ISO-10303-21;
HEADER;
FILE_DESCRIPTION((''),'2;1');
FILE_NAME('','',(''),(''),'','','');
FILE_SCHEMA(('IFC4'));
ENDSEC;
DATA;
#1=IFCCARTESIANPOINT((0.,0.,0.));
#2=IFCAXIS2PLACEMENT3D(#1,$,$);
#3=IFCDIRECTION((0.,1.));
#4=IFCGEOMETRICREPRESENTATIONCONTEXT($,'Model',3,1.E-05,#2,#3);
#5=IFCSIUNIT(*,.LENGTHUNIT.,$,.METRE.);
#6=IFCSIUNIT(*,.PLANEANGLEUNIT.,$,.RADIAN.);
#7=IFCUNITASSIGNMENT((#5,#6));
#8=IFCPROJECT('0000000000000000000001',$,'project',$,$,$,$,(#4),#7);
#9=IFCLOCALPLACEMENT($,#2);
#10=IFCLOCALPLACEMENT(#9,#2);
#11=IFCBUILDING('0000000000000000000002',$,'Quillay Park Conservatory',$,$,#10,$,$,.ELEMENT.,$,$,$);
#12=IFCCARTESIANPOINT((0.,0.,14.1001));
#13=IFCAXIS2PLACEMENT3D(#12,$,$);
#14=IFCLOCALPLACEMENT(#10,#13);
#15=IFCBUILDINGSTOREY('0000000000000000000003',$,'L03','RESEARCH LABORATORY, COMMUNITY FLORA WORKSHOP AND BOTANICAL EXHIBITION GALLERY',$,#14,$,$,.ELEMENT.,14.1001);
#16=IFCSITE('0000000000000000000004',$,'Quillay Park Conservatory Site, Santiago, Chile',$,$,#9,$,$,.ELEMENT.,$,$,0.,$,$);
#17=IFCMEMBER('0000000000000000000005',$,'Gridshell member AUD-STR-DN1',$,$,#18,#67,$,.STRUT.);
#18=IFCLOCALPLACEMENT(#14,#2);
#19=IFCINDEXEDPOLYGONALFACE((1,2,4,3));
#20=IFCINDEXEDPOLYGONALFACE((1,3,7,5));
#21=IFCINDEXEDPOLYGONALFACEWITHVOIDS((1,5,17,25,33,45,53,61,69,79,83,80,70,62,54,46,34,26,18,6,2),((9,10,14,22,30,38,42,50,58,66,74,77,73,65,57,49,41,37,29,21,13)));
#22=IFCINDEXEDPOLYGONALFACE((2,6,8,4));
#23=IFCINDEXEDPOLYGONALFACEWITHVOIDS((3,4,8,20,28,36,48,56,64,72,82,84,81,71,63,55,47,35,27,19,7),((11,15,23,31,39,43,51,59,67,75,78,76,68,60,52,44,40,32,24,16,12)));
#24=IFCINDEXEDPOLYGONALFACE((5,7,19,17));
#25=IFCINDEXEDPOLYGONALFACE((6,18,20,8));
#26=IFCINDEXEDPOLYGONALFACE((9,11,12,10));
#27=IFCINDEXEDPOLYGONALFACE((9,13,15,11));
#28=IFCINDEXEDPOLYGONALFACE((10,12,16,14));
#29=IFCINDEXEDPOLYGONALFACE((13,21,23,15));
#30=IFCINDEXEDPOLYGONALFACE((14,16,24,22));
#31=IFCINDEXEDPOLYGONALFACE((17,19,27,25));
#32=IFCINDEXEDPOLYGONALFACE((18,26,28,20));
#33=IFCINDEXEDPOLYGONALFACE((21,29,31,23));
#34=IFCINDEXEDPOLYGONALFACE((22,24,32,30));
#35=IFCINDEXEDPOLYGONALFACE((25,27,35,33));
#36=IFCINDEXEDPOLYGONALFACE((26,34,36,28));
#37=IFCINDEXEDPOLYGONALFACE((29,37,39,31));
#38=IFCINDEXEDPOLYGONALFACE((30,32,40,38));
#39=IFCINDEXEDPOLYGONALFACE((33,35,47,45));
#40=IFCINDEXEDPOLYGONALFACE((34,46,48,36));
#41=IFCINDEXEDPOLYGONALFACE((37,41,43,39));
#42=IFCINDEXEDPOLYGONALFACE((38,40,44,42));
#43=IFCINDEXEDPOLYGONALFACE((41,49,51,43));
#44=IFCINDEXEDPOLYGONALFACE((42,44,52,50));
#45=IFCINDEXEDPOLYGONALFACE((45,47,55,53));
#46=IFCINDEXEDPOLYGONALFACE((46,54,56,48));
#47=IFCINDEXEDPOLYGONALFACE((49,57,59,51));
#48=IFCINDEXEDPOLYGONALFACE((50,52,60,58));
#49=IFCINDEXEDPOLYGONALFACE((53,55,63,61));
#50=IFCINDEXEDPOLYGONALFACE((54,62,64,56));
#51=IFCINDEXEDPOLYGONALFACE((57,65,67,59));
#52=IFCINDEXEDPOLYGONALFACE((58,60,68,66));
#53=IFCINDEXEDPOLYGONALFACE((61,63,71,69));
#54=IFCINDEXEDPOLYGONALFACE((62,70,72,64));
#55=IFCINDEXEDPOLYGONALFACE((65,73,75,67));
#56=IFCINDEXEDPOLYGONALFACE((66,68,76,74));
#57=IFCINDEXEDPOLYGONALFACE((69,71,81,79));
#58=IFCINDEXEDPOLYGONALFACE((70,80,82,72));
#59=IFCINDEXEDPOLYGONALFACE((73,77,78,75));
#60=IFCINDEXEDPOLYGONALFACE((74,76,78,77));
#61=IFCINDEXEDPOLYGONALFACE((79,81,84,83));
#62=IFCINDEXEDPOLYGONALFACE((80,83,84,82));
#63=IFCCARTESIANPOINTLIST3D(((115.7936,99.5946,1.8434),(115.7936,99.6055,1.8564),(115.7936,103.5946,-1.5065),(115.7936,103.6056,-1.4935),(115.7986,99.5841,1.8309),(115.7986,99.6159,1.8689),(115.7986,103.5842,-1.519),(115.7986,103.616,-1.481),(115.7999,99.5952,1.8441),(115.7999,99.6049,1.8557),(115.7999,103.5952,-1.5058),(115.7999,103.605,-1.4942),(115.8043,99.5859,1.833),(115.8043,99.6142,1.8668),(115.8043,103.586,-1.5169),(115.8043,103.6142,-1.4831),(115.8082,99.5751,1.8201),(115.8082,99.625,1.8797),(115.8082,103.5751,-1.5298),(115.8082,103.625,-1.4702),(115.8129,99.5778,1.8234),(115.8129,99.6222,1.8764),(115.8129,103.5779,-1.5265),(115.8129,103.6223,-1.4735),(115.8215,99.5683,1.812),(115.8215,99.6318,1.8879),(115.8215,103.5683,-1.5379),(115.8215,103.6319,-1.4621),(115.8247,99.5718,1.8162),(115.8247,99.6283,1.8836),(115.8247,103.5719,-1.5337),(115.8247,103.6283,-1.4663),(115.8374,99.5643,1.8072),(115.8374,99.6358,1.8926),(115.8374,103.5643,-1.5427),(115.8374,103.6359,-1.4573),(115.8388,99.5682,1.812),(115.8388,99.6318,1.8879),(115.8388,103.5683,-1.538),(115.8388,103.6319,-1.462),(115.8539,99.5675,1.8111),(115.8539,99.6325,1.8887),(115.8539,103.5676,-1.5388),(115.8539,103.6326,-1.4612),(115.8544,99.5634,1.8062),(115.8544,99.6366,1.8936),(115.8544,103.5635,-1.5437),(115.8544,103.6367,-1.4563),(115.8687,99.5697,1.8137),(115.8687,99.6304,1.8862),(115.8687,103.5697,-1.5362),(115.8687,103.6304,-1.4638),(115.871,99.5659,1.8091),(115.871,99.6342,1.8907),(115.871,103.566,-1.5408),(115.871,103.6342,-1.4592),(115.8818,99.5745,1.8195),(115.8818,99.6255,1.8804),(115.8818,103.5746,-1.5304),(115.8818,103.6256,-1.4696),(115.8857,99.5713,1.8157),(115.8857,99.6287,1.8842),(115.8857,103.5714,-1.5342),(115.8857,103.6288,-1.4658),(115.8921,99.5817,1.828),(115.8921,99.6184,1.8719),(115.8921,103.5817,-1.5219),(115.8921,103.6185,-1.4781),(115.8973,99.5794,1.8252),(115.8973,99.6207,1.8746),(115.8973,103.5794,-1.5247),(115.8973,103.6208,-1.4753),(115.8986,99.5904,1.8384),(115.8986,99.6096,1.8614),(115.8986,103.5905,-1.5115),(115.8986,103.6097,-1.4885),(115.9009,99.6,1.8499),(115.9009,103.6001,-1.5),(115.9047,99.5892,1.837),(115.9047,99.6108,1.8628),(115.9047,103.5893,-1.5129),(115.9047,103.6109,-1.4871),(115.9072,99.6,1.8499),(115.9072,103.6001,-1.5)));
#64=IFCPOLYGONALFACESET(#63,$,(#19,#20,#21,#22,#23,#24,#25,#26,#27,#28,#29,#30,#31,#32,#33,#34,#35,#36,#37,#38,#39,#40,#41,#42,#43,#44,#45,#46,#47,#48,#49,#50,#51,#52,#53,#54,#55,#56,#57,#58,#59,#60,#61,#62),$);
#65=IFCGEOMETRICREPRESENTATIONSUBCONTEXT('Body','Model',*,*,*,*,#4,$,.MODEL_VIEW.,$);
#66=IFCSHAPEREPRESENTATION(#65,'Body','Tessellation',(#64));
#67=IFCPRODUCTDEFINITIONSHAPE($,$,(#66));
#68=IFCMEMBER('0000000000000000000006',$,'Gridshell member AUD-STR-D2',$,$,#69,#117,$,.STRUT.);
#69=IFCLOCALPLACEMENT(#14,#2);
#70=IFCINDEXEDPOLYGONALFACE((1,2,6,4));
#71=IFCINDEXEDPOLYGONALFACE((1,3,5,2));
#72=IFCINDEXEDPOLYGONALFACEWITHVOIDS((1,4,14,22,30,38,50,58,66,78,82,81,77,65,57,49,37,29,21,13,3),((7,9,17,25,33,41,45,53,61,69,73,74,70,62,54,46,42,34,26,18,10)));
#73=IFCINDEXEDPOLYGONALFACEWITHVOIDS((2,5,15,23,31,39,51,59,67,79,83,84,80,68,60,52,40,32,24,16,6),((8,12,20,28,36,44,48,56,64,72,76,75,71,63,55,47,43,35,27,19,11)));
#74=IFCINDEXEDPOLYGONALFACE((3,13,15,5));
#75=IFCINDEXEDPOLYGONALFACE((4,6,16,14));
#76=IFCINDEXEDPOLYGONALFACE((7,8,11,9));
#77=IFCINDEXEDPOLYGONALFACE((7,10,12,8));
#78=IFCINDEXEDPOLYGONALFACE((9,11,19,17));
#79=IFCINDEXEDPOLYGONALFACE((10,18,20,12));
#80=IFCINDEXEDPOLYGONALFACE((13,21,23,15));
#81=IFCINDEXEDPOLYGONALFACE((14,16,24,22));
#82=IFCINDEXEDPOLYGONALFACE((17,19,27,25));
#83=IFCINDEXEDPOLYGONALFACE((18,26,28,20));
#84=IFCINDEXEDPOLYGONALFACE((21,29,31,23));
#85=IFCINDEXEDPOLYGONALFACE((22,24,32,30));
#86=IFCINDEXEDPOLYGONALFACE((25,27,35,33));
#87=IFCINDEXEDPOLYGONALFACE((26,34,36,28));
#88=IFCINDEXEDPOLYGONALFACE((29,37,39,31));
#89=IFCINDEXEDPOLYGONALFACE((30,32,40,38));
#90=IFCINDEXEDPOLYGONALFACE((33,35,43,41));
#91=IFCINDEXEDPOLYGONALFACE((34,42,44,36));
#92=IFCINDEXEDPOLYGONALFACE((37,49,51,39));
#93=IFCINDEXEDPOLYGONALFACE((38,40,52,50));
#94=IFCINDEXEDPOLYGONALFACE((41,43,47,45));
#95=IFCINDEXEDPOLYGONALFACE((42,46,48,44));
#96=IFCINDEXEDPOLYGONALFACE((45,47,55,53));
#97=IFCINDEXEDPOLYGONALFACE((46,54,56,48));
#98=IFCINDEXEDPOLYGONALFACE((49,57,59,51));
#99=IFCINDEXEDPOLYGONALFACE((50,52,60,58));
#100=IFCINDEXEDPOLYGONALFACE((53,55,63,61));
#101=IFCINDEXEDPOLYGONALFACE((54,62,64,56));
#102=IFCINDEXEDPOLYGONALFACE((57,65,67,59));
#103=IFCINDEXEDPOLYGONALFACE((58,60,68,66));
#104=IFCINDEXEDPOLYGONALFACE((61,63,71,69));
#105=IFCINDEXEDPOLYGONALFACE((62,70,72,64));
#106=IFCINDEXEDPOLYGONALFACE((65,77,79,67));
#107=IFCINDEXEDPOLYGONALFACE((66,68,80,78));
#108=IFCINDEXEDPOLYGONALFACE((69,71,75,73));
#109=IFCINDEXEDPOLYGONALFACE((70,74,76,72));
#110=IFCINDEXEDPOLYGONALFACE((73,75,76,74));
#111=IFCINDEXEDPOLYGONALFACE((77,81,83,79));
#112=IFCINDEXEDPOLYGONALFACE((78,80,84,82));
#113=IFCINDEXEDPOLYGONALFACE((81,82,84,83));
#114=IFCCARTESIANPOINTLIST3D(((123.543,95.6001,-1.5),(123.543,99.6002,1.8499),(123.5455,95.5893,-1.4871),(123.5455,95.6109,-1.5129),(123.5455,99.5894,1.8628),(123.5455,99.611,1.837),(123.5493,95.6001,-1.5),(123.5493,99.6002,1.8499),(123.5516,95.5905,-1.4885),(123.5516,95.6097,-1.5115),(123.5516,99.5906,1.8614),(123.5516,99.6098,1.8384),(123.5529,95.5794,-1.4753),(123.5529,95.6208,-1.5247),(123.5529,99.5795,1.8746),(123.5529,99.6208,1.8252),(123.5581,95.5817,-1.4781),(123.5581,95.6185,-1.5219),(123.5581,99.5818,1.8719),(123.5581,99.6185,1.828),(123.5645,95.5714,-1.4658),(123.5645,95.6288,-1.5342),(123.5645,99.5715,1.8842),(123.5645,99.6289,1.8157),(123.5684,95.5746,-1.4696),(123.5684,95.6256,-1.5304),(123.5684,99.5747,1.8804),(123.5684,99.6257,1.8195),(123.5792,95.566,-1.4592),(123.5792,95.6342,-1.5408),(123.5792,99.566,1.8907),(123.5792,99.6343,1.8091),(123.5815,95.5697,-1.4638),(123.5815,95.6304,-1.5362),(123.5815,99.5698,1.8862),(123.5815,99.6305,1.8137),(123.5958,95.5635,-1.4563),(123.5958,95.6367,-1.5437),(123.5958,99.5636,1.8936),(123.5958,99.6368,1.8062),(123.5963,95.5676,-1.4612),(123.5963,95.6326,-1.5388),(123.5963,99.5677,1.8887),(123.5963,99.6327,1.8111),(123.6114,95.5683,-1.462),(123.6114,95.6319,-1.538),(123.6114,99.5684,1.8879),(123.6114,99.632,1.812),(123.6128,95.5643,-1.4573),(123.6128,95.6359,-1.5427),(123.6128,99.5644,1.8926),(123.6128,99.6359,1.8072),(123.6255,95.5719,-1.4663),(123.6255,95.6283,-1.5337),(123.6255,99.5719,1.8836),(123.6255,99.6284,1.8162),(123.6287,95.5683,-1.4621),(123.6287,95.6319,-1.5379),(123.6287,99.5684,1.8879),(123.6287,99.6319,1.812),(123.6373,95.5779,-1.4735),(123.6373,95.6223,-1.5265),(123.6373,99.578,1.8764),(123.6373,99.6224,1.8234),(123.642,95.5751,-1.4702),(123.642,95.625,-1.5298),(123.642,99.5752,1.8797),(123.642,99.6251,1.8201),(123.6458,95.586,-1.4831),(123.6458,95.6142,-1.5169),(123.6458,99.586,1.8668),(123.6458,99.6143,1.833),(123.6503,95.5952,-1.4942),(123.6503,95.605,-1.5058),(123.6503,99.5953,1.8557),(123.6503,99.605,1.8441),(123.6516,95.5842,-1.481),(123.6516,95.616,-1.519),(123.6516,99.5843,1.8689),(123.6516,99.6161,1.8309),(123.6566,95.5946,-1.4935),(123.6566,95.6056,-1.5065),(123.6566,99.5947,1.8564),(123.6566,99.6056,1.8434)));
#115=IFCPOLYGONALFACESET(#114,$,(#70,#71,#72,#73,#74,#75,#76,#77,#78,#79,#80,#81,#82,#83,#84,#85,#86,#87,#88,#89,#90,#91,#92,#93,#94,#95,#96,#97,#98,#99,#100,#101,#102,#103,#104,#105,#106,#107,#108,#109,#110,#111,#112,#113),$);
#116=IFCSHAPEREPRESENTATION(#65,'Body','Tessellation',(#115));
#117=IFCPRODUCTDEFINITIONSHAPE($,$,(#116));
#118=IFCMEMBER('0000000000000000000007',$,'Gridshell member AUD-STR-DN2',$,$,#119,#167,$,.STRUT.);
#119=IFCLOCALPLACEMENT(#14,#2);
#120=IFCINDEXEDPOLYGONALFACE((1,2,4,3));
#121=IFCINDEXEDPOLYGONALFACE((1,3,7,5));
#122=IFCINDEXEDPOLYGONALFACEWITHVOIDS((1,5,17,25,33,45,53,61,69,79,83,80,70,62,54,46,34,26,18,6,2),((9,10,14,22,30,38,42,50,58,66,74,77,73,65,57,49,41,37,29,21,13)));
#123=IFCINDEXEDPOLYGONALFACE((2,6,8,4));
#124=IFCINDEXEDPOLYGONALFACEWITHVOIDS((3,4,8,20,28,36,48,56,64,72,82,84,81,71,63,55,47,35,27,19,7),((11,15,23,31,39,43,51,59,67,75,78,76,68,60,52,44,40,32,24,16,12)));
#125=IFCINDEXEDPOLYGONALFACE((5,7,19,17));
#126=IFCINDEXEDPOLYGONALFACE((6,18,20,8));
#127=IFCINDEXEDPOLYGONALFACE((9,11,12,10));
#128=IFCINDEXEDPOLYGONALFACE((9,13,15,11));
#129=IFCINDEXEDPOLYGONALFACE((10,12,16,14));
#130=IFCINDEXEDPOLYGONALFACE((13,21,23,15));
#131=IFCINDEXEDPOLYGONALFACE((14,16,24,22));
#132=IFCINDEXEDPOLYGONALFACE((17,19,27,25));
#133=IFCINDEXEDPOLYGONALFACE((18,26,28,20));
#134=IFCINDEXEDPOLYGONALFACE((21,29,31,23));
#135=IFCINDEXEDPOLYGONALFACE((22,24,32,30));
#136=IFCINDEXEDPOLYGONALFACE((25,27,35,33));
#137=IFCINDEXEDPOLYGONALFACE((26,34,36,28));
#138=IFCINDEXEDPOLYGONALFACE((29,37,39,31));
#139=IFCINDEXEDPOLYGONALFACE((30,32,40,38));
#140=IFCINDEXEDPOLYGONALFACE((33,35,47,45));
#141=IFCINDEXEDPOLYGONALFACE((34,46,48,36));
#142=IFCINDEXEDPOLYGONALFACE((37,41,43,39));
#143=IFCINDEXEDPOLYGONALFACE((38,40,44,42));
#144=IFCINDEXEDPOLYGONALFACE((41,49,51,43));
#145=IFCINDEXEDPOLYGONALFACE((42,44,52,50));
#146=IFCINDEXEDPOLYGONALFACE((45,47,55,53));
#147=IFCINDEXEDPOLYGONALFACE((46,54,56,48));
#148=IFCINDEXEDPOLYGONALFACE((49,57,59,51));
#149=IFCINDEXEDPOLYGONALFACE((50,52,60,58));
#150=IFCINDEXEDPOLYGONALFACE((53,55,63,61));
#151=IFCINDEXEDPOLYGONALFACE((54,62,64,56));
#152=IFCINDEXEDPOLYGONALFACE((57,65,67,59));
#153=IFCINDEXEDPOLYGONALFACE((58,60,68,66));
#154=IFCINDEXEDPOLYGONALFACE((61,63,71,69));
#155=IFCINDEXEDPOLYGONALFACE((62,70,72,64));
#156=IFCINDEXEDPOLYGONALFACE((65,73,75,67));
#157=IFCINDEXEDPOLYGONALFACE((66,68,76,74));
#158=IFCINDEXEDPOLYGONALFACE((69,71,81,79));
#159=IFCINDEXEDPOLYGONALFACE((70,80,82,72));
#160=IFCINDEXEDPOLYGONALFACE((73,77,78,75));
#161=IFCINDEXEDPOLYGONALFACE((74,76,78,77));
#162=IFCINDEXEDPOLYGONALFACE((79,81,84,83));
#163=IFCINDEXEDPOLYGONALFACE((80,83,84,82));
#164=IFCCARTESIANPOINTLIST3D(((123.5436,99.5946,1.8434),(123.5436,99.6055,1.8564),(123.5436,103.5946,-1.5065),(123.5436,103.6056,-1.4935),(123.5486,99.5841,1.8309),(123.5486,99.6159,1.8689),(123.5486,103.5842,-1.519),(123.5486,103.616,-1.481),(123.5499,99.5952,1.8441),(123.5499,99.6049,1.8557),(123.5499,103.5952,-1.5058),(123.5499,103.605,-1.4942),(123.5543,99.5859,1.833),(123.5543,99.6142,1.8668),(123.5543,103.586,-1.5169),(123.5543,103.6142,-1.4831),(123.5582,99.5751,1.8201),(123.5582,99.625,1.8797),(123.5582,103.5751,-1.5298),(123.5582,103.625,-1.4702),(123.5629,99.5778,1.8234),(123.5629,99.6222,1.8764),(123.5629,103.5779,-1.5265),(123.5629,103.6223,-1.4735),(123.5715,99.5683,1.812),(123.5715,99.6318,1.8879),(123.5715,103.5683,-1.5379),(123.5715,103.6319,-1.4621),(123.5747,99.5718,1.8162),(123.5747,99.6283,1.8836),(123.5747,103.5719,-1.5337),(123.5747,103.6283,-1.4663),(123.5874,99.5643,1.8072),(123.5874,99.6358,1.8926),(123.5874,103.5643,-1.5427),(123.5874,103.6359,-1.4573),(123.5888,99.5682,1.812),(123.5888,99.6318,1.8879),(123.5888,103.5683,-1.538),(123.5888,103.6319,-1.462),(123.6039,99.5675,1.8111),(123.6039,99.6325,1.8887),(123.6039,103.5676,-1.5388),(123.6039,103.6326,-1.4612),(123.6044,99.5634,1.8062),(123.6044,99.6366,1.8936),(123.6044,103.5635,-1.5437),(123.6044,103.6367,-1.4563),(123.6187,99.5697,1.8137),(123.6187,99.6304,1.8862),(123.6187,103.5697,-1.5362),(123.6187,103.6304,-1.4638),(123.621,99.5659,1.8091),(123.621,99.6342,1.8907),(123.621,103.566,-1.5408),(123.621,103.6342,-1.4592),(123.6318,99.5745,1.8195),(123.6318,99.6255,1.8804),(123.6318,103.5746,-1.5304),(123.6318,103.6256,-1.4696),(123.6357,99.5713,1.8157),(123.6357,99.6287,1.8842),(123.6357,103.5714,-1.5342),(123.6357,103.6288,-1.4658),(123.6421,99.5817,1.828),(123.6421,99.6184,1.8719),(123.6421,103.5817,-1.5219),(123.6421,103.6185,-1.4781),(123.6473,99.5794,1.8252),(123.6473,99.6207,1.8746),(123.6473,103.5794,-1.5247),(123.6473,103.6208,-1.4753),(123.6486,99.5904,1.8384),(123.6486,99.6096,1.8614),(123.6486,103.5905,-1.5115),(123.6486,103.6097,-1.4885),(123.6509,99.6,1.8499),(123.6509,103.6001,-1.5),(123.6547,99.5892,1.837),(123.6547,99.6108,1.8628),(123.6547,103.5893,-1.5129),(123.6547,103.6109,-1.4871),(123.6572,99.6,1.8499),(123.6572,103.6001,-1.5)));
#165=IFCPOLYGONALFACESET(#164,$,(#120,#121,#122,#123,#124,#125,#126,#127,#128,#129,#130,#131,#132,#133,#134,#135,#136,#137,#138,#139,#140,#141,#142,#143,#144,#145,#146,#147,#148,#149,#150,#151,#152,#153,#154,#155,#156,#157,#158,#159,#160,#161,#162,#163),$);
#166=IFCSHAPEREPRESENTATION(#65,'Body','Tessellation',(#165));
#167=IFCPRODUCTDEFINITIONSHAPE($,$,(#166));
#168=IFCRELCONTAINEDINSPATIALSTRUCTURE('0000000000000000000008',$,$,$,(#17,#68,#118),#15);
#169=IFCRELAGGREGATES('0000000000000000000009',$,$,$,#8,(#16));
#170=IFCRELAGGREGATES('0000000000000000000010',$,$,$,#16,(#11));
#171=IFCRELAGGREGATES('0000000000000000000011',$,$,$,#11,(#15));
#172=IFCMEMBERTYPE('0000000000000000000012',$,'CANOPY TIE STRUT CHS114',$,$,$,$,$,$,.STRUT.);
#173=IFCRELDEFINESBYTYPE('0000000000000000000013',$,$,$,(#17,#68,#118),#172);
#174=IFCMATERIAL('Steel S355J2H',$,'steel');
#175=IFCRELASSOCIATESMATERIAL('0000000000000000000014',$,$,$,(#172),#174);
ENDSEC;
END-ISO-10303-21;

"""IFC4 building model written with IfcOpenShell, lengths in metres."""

from ifc_helpers import new_model, si_unit, direction, frame, origin, origin_2d, place, context, subcontext, project, spatial, hollow_circle, extrude, material, material_profile, profile_set, type_object, element, save


model = new_model("IFC4")

# Units and contexts
model_context = context("Model", 3, precision=1e-05, world=origin(), true_north=direction((0.0, 1.0)))
body_context = subcontext(model_context, "Body", "Model", "MODEL_VIEW")
ifc_project = project(units=[si_unit("LENGTHUNIT", "METRE"), si_unit("PLANEANGLEUNIT", "RADIAN")], contexts=[model_context])

# Site, building, storey
site_placement = place(None, origin())
site = spatial("IfcSite", under=ifc_project, at=site_placement, Name="Quillay Park Conservatory Site, Santiago, Chile", CompositionType="ELEMENT", RefElevation=0.0)
building_placement = place(site_placement, origin())
building = spatial("IfcBuilding", under=site, at=building_placement, Name="Quillay Park Conservatory", CompositionType="ELEMENT")
storey_placement = place(building_placement, frame((0.0, 0.0, 14.1001)))
storey = spatial("IfcBuildingStorey", under=building, at=storey_placement, Name="L03", Description="RESEARCH LABORATORY, COMMUNITY FLORA WORKSHOP AND BOTANICAL EXHIBITION GALLERY", CompositionType="ELEMENT", Elevation=14.1001)

# Members
ifc_material_1 = material(Name="Steel S355J2H", Category="steel")
ifc_material_profile_1 = material_profile(ifc_material_1, hollow_circle(Radius=0.0571, WallThickness=0.0063, at=origin_2d()), Name="CHS114.3x6.3")
ifc_profile_set_1 = profile_set([ifc_material_profile_1], Name="Steel S355J2H")
member_type_1 = type_object("IfcMemberType", Name="CANOPY TIE STRUT CHS114", PredefinedType="STRUT", material=ifc_profile_set_1)
for number, where, z_axis, x_axis, name in (
    (1, (115.8501, 103.6001, -1.5), (0.0, -0.766662, 0.642051), (1.0, 0.0, 0.0), "Gridshell member AUD-STR-DN1"),
    (2, (123.6001, 95.6001, -1.5), (0.0, 0.766662, 0.642051), (-1.0, 0.0, 0.0), "Gridshell member AUD-STR-D2"),
    (3, (123.6001, 103.6001, -1.5), (0.0, -0.766662, 0.642051), (1.0, 0.0, 0.0), "Gridshell member AUD-STR-DN2"),
):
    element("IfcMember", number, at=place(storey_placement, frame(where, z_axis=z_axis, x_axis=x_axis)), inside=storey, type_object=member_type_1, Name=name, PredefinedType="STRUT", context=body_context, shape_type="SweptSolid", body=[
        extrude(hollow_circle(Radius=0.0571, WallThickness=0.0063, at=origin_2d()), origin(), (0.0, 0.0, 1.0), 5.2175),
    ])

save(model, "model.ifc")
